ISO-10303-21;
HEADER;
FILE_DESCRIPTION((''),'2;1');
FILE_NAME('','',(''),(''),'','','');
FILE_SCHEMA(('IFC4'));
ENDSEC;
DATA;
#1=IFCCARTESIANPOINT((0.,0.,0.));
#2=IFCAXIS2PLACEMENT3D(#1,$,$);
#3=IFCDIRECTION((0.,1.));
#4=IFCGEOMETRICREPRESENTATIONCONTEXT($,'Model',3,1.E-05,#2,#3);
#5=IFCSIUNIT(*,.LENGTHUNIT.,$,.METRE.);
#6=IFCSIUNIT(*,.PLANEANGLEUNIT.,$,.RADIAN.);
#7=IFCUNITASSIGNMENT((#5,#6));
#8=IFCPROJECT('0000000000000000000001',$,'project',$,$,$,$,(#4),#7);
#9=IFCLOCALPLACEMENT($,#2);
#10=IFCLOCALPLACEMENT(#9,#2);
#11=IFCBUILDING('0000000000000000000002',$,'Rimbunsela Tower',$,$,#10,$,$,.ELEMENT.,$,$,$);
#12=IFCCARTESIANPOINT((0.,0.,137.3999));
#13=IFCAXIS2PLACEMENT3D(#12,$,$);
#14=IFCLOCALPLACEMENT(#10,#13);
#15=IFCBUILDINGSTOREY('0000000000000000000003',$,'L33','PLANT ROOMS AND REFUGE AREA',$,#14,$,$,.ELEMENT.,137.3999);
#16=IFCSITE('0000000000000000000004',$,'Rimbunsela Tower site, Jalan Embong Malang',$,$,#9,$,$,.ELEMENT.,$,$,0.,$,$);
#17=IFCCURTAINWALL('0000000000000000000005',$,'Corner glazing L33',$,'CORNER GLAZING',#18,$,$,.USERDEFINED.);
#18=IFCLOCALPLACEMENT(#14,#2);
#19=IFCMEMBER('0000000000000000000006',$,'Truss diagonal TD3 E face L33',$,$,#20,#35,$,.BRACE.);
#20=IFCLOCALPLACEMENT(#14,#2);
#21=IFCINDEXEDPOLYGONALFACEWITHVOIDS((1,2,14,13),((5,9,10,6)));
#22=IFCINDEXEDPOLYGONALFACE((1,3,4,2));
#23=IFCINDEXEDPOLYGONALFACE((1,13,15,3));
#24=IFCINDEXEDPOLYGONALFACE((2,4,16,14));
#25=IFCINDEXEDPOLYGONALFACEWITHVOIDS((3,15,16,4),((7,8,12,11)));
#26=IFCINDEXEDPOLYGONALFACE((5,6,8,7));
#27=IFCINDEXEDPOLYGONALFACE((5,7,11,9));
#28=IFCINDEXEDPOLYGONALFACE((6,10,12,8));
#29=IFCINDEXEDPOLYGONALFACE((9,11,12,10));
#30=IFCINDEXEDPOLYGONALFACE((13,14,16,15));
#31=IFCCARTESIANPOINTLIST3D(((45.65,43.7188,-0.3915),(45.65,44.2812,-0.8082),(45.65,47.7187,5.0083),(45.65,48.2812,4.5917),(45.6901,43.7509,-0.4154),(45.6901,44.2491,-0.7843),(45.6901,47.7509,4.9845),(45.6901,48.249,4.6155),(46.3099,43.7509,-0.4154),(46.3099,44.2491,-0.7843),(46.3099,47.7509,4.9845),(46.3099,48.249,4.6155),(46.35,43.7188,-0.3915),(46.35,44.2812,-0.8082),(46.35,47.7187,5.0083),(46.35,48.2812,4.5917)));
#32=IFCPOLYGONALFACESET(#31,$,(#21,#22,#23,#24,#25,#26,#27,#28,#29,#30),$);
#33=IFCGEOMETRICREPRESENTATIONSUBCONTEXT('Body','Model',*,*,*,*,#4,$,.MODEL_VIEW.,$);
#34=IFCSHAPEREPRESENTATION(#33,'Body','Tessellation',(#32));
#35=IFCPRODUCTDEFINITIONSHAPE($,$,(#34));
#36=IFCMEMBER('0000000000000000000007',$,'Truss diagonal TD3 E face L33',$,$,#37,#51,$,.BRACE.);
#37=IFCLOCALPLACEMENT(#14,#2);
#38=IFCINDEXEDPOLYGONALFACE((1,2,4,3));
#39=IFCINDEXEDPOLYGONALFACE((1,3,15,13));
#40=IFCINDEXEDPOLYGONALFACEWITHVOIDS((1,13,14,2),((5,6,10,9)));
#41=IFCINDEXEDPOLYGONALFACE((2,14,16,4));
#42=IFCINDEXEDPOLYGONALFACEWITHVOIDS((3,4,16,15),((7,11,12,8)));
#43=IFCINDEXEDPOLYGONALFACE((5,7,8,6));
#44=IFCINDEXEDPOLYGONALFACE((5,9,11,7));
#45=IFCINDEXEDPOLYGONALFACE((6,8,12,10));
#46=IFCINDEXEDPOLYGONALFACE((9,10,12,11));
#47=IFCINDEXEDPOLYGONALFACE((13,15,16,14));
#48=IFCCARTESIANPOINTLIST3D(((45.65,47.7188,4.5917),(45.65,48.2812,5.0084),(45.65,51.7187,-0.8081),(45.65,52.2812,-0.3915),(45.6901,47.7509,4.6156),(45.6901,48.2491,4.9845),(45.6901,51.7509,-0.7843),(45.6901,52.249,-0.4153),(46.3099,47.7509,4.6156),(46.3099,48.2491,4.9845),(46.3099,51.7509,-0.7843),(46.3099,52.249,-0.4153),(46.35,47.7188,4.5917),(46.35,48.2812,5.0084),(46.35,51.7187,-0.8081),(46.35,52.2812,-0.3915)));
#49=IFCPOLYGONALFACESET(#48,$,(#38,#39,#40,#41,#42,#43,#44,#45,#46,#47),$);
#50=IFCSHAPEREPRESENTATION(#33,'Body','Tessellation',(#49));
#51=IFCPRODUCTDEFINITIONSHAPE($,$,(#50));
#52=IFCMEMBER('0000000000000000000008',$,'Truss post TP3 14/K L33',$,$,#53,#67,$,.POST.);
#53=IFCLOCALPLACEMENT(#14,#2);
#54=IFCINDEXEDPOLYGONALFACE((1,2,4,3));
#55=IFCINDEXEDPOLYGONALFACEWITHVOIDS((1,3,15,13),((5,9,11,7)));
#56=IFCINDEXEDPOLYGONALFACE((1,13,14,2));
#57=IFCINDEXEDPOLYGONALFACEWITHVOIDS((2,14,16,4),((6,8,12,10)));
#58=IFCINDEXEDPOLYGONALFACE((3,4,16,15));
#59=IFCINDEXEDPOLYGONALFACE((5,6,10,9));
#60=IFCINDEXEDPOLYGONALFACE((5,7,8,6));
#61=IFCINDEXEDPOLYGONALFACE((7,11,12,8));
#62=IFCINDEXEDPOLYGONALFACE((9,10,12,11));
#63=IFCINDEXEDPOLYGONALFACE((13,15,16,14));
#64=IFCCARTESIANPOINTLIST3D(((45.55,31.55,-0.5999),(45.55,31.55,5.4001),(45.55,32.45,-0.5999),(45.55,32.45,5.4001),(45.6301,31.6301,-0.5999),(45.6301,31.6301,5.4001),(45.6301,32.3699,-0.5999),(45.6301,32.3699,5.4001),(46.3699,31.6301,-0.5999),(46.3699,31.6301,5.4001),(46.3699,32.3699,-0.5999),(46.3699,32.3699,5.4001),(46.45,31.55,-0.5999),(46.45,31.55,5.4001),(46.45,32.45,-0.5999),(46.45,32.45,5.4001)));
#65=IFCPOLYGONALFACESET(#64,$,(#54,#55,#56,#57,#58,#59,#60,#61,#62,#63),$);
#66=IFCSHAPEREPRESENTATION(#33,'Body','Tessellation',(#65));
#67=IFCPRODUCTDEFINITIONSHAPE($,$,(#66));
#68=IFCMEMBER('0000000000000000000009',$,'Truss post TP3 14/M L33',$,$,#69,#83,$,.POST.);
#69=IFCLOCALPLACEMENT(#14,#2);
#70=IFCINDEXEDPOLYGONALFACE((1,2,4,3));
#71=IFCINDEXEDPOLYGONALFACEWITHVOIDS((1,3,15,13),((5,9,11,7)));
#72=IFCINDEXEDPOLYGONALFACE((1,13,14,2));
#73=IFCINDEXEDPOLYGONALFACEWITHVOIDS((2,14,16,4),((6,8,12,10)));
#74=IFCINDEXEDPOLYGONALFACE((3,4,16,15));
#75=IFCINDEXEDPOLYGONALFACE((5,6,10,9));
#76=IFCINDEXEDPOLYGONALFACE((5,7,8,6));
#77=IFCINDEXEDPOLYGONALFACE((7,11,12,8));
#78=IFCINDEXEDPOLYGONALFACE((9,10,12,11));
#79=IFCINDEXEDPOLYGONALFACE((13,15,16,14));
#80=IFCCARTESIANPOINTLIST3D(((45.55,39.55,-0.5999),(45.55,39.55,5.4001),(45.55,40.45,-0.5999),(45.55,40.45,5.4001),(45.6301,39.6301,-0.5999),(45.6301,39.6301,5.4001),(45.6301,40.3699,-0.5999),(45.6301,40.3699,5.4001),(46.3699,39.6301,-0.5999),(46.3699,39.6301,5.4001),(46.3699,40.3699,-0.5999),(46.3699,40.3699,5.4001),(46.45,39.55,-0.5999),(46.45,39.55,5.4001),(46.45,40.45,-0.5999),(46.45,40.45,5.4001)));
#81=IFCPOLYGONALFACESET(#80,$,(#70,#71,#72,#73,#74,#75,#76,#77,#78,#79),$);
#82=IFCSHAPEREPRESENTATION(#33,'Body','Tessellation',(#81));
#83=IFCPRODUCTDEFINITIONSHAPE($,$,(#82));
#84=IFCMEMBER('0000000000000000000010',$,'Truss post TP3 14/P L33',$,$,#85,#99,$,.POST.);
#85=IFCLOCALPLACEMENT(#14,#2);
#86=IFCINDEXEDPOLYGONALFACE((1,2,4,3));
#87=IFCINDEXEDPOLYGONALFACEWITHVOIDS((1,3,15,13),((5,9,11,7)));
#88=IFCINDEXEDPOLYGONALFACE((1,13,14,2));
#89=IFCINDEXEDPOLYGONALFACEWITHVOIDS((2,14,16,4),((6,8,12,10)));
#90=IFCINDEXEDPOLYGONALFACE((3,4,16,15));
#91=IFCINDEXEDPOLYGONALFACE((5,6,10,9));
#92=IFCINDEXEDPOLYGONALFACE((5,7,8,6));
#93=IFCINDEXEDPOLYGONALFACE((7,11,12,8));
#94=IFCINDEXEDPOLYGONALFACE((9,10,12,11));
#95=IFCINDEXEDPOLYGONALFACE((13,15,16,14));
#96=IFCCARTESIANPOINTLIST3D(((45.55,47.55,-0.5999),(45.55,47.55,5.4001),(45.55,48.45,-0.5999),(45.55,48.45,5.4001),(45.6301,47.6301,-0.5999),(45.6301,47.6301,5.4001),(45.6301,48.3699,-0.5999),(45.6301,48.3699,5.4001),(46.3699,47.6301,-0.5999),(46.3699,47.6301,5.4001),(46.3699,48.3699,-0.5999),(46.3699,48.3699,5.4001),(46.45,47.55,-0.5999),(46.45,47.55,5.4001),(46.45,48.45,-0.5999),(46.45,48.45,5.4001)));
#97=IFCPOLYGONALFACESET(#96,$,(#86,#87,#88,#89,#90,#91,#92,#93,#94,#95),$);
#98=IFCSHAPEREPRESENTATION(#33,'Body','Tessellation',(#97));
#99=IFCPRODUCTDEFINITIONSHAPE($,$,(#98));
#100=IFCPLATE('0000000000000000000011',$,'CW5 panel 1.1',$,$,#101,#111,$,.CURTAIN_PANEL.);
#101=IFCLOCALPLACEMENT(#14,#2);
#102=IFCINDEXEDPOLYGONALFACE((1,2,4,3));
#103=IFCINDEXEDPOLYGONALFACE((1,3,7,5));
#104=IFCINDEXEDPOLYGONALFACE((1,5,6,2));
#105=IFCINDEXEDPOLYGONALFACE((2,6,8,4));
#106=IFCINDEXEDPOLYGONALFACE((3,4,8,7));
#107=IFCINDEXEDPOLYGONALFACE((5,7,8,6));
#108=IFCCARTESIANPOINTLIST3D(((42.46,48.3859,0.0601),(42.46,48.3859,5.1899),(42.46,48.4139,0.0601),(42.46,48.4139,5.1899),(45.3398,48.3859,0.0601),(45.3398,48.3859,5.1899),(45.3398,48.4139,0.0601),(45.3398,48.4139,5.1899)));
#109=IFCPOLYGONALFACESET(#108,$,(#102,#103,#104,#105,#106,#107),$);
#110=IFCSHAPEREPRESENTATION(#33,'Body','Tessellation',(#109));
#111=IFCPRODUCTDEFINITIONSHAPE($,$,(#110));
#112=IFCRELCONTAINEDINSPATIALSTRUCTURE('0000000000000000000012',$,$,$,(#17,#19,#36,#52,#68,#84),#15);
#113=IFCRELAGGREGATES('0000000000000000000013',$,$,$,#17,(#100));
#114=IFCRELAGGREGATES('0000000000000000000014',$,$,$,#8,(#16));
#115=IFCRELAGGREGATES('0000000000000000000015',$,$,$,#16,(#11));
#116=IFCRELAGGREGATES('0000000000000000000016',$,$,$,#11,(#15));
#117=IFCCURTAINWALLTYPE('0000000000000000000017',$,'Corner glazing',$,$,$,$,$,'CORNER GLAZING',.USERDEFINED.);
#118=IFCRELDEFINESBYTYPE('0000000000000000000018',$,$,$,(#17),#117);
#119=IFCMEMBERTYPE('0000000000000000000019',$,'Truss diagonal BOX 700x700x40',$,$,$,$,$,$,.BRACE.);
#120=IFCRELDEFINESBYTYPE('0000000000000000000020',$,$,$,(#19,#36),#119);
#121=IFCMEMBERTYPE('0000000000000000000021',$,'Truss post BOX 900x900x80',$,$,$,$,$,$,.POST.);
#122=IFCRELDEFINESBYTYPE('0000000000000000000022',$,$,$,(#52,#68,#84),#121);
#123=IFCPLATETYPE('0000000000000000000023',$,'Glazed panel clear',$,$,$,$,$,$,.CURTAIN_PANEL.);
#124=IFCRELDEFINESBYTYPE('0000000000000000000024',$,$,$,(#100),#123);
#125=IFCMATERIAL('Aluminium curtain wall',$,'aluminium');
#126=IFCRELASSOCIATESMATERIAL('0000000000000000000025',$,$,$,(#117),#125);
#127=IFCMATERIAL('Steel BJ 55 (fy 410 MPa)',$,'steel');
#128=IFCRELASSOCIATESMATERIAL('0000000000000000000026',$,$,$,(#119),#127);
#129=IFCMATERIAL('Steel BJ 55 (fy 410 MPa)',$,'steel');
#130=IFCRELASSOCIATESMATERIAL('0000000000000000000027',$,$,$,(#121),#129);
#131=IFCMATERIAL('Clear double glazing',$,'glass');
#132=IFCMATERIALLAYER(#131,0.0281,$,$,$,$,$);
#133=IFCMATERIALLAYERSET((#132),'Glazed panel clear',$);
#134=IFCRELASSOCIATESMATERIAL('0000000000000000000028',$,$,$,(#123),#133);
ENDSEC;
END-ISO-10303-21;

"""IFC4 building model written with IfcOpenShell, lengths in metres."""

from ifc_helpers import new_model, si_unit, direction, frame, origin, origin_2d, place, context, subcontext, project, spatial, rectangle, hollow_rectangle, extrude, material, layer, layer_set, material_profile, profile_set, type_object, element, aggregate, save


model = new_model("IFC4")

# Units and contexts
model_context = context("Model", 3, precision=1e-05, world=origin(), true_north=direction((0.0, 1.0)))
body_context = subcontext(model_context, "Body", "Model", "MODEL_VIEW")
ifc_project = project(units=[si_unit("LENGTHUNIT", "METRE"), si_unit("PLANEANGLEUNIT", "RADIAN")], contexts=[model_context])

# Site, building, storey
site_placement = place(None, origin())
site = spatial("IfcSite", under=ifc_project, at=site_placement, Name="Rimbunsela Tower site, Jalan Embong Malang", CompositionType="ELEMENT", RefElevation=0.0)
building_placement = place(site_placement, origin())
building = spatial("IfcBuilding", under=site, at=building_placement, Name="Rimbunsela Tower", CompositionType="ELEMENT")
storey_placement = place(building_placement, frame((0.0, 0.0, 137.3999)))
storey = spatial("IfcBuildingStorey", under=building, at=storey_placement, Name="L33", Description="PLANT ROOMS AND REFUGE AREA", CompositionType="ELEMENT", Elevation=137.3999)

# Curtain wall
ifc_material_1 = material(Name="Aluminium curtain wall", Category="aluminium")
curtain_wall_type = type_object("IfcCurtainWallType", Name="Corner glazing", ElementType="CORNER GLAZING", PredefinedType="USERDEFINED", material=ifc_material_1)
curtain_wall_1_placement = place(storey_placement, origin())
curtain_wall_1 = element("IfcCurtainWall", 1, at=curtain_wall_1_placement, inside=storey, type_object=curtain_wall_type, Name="Corner glazing L33", ObjectType="CORNER GLAZING", PredefinedType="USERDEFINED")

# Members
ifc_material_2 = material(Name="Steel BJ 55 (fy 410 MPa)", Category="steel")
ifc_material_profile_1 = material_profile(ifc_material_2, hollow_rectangle(XDim=0.7, YDim=0.7, WallThickness=0.04, at=origin_2d()), Name="BOX 700x700x40")
ifc_profile_set_1 = profile_set([ifc_material_profile_1], Name="Steel BJ 55 (fy 410 MPa)")
member_type_1 = type_object("IfcMemberType", Name="Truss diagonal BOX 700x700x40", PredefinedType="BRACE", material=ifc_profile_set_1)
for number, where, z_axis, x_axis, name in (
    (2, (46.0, 44.0, -0.5999), (0.0, 0.595235, 0.803552), (-1.0, 0.0, 0.0), "Truss diagonal TD3 E face L33"),
    (3, (46.0, 48.0, 4.8), (0.0, 0.595235, -0.803552), (-1.0, 0.0, 0.0), "Truss diagonal TD3 E face L33"),
):
    element("IfcMember", number, at=place(storey_placement, frame(where, z_axis=z_axis, x_axis=x_axis)), inside=storey, type_object=member_type_1, Name=name, PredefinedType="BRACE", context=body_context, shape_type="SweptSolid", body=[
        extrude(hollow_rectangle(XDim=0.7, YDim=0.7, WallThickness=0.04, at=origin_2d()), origin(), (0.0, 0.0, 1.0), 6.72),
    ])
ifc_material_3 = material(Name="Steel BJ 55 (fy 410 MPa)", Category="steel")
ifc_material_profile_2 = material_profile(ifc_material_3, hollow_rectangle(XDim=0.8999, YDim=0.8999, WallThickness=0.0801, at=origin_2d()), Name="BOX 900x900x80")
ifc_profile_set_2 = profile_set([ifc_material_profile_2], Name="Steel BJ 55 (fy 410 MPa)")
member_type_2 = type_object("IfcMemberType", Name="Truss post BOX 900x900x80", PredefinedType="POST", material=ifc_profile_set_2)
for number, where, z_axis, x_axis, name in (
    (4, (46.0, 32.0, -0.5999), (0.0, 0.0, 1.0), (1.0, 0.0, 0.0), "Truss post TP3 14/K L33"),
    (5, (46.0, 40.0, -0.5999), (0.0, 0.0, 1.0), (1.0, 0.0, 0.0), "Truss post TP3 14/M L33"),
    (6, (46.0, 48.0, -0.5999), (0.0, 0.0, 1.0), (1.0, 0.0, 0.0), "Truss post TP3 14/P L33"),
):
    element("IfcMember", number, at=place(storey_placement, frame(where, z_axis=z_axis, x_axis=x_axis)), inside=storey, type_object=member_type_2, Name=name, PredefinedType="POST", context=body_context, shape_type="SweptSolid", body=[
        extrude(hollow_rectangle(XDim=0.8999, YDim=0.8999, WallThickness=0.0801, at=origin_2d()), origin(), (0.0, 0.0, 1.0), 6.0),
    ])

# Plate
ifc_material_4 = material(Name="Clear double glazing", Category="glass")
ifc_layer = layer(ifc_material_4, 0.0281)
ifc_layer_set = layer_set([ifc_layer], Name="Glazed panel clear")
plate_type = type_object("IfcPlateType", Name="Glazed panel clear", PredefinedType="CURTAIN_PANEL", material=ifc_layer_set)
plate_placement = place(storey_placement, frame((43.8999, 48.3999, 0.0601), z_axis=(0.0, 0.0, 1.0), x_axis=(-1.0, 0.0, 0.0)))
plate = element("IfcPlate", 7, at=plate_placement, type_object=plate_type, Name="CW5 panel 1.1", PredefinedType="CURTAIN_PANEL", context=body_context, shape_type="SweptSolid", body=[
    extrude(rectangle(XDim=2.8799, YDim=0.0281, at=origin_2d()), origin(), (0.0, 0.0, 1.0), 5.1299),
])
aggregate(curtain_wall_1, [plate])

save(model, "model.ifc")
